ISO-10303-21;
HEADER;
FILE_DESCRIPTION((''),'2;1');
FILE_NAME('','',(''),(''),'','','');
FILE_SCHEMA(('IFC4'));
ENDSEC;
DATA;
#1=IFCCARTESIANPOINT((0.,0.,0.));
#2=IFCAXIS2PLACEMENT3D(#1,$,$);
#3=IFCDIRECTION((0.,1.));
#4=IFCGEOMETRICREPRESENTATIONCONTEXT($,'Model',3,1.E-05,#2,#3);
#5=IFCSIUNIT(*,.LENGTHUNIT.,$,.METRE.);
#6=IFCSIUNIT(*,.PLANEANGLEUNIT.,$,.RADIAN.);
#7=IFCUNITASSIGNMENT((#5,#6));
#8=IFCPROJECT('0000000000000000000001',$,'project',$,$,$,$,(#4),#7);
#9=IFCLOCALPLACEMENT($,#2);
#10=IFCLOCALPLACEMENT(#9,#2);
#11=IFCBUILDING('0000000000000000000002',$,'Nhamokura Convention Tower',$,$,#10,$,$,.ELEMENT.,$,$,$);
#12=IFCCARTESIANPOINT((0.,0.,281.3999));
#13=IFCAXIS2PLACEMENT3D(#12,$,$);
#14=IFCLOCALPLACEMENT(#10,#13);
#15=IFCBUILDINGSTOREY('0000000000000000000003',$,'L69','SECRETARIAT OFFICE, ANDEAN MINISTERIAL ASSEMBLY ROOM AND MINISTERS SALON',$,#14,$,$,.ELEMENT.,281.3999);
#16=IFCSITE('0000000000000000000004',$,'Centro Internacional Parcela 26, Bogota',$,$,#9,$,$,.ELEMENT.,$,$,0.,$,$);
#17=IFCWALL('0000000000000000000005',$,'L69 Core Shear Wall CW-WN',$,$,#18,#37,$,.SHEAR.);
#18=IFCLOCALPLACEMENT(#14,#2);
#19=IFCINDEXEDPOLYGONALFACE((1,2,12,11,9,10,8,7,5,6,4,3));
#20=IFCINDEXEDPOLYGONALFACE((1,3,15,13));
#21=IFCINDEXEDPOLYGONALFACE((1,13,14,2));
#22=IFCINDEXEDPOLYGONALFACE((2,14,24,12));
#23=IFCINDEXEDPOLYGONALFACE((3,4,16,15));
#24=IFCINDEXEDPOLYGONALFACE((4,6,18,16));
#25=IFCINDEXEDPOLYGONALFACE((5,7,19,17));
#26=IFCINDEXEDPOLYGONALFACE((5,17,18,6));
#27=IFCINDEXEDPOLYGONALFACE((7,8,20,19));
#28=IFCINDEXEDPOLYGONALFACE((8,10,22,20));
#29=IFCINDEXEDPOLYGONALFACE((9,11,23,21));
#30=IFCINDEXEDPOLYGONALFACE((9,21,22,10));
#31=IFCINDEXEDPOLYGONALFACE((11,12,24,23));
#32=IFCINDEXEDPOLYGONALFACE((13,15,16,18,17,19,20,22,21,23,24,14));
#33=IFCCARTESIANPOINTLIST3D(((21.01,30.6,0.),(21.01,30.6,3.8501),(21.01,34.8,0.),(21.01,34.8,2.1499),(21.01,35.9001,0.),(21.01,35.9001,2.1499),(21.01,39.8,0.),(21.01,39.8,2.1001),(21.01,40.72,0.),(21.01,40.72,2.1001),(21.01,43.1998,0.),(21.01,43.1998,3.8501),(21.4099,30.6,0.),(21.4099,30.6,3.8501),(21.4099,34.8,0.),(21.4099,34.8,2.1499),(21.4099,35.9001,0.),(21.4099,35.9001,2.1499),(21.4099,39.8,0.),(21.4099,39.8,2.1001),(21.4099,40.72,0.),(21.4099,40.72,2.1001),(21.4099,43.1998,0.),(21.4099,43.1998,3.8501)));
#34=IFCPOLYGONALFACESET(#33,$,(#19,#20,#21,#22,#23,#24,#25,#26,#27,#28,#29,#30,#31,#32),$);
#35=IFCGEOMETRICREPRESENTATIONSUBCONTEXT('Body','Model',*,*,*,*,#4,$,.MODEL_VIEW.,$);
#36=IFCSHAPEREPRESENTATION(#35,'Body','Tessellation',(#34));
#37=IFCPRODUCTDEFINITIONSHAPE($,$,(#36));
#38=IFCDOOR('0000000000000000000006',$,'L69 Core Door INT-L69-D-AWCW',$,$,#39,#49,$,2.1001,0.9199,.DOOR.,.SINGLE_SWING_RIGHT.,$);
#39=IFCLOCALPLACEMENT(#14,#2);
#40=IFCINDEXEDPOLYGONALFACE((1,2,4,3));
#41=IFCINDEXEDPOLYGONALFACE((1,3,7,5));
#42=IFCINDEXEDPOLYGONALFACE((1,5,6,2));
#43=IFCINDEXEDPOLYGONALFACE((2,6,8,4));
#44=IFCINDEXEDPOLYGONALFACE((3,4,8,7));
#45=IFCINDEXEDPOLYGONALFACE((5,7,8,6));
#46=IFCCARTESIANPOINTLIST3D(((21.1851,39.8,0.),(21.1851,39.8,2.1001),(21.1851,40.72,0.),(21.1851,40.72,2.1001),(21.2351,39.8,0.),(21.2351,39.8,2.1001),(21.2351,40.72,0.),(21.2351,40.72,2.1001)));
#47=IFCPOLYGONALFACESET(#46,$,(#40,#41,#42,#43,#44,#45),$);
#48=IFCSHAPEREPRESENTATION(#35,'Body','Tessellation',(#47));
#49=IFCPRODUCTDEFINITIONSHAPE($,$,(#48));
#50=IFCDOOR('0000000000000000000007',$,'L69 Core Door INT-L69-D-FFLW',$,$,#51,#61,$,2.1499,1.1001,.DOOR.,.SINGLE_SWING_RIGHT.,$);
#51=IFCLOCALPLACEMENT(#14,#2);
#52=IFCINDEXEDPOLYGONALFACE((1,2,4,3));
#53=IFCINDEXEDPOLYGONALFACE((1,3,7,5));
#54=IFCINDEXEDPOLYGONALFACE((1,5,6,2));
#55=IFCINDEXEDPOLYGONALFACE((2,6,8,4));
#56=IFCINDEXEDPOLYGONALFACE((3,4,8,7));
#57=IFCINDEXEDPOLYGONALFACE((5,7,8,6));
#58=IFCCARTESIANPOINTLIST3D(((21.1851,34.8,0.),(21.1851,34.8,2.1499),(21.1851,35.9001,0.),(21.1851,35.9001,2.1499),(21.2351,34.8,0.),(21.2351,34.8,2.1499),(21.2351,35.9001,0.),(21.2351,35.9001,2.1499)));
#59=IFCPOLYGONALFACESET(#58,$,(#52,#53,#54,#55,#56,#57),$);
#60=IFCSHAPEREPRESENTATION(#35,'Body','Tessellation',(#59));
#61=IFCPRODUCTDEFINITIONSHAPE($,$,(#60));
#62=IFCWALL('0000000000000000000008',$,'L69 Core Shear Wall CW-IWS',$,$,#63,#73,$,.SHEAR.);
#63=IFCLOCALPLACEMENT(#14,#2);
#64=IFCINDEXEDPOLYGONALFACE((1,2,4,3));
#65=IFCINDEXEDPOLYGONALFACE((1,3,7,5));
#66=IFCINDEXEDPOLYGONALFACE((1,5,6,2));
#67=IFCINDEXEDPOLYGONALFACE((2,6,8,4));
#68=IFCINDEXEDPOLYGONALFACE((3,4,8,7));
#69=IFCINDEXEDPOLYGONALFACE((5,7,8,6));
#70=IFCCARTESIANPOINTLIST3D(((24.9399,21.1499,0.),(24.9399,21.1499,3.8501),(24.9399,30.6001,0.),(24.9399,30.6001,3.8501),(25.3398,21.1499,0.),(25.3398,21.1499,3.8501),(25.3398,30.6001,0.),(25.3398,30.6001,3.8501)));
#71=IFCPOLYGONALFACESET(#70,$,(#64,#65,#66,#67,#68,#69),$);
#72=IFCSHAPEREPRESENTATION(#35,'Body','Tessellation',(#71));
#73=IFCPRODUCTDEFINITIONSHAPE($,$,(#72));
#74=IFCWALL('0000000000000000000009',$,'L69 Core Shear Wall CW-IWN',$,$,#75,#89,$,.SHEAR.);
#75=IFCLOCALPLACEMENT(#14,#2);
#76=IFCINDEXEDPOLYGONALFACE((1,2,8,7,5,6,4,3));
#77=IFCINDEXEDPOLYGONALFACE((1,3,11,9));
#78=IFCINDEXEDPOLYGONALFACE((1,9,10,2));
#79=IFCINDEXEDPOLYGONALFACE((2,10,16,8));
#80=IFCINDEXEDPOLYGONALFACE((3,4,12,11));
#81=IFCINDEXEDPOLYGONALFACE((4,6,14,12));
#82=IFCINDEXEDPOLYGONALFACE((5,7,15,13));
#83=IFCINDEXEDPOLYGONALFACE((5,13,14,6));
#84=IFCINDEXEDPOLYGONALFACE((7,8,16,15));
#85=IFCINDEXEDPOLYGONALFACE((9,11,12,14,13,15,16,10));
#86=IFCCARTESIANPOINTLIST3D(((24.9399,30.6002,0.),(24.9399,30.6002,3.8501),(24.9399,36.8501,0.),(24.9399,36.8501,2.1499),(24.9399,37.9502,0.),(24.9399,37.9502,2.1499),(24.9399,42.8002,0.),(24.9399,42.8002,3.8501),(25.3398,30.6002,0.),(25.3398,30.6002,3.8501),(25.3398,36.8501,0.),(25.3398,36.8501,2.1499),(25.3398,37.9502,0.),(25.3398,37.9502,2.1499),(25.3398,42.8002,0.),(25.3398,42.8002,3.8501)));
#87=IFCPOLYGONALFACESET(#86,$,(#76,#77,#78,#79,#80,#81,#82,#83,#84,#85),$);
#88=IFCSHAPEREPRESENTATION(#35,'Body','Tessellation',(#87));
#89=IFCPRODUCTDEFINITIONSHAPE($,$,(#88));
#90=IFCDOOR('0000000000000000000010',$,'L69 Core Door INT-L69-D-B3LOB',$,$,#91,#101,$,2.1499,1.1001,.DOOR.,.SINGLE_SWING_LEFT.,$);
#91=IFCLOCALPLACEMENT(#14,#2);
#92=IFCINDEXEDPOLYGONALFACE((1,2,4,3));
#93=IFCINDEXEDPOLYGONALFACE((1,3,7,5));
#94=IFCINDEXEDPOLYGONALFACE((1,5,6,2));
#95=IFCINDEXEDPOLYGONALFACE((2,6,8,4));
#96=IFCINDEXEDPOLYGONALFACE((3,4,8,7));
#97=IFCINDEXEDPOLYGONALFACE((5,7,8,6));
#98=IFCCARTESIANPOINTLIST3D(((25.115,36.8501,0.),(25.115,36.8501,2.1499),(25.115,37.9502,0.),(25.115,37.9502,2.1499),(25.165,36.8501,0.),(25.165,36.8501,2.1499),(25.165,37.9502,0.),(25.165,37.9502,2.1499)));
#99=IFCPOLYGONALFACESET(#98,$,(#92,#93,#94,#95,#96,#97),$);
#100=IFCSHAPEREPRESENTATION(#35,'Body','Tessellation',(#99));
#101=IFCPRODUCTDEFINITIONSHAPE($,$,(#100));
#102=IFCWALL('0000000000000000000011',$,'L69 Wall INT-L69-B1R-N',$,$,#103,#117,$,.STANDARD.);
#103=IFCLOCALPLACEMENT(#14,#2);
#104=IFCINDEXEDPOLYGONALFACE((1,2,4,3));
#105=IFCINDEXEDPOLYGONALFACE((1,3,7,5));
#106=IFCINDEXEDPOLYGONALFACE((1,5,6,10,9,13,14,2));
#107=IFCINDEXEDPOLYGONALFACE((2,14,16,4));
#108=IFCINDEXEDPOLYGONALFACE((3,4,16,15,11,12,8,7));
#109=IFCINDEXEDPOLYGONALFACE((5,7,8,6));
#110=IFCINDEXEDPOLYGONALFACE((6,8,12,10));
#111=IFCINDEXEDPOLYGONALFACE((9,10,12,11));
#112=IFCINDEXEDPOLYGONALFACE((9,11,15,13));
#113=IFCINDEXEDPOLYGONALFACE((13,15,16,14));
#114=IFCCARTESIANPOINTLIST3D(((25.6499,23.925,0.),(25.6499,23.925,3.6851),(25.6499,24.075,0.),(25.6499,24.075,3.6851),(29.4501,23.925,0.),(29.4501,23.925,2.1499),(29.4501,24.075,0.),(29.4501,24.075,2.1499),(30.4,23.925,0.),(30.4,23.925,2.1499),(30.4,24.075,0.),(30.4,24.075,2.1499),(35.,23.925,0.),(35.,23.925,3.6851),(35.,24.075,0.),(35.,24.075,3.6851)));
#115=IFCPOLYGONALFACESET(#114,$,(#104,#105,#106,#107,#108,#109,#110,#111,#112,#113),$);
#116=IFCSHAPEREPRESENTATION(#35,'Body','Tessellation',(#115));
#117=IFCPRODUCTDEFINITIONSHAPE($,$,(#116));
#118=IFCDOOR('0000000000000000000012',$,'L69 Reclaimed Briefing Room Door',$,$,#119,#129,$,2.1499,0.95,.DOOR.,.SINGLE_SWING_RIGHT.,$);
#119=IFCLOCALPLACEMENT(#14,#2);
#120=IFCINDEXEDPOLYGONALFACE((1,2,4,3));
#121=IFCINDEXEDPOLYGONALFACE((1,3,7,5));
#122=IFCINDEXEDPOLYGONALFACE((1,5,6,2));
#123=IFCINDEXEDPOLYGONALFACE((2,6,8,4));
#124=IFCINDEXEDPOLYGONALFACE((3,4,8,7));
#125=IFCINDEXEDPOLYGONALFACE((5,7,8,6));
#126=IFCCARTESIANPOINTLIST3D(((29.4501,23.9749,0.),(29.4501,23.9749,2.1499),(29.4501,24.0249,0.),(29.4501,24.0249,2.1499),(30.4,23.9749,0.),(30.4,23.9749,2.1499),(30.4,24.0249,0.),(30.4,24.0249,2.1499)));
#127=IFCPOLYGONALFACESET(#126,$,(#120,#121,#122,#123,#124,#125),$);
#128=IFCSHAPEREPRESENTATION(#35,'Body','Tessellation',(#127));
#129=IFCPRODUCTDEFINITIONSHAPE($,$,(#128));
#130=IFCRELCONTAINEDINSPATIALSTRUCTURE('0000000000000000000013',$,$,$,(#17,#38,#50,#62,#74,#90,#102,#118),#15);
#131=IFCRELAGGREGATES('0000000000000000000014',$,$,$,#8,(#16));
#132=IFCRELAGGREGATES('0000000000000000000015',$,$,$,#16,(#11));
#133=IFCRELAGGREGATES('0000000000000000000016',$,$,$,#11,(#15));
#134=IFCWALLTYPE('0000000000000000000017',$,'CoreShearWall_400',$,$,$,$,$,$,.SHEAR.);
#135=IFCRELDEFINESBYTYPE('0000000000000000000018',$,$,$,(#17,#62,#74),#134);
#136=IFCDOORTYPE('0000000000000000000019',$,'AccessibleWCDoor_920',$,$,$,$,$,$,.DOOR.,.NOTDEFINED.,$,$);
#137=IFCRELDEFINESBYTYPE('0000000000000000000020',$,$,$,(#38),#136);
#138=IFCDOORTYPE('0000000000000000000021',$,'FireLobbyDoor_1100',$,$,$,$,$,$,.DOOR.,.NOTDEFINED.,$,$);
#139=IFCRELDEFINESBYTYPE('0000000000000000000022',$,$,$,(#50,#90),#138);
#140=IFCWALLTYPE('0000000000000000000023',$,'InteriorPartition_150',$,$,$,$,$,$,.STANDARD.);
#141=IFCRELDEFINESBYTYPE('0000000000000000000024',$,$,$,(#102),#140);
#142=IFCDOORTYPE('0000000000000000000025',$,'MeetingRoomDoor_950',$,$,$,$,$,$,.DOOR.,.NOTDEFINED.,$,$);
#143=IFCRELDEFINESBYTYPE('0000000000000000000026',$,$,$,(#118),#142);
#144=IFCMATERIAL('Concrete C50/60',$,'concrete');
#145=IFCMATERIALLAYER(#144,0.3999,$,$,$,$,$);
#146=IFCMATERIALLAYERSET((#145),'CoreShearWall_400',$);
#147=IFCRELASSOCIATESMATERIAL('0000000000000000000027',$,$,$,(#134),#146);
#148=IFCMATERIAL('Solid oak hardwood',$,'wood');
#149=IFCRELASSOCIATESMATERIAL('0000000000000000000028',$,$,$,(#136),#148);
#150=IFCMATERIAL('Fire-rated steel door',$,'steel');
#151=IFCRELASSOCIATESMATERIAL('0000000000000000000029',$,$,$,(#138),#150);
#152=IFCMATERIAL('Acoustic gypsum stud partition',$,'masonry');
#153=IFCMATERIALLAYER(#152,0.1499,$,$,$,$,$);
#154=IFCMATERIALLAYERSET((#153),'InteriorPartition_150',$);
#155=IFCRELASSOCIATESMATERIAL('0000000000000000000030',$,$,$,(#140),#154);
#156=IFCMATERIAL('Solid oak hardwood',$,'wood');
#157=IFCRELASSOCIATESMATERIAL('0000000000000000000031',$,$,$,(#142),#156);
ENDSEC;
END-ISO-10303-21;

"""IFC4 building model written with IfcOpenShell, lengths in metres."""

from ifc_helpers import new_model, si_unit, direction, frame, frame_2d, origin, place, context, subcontext, project, spatial, rectangle, extrude, material, layer, layer_set, type_object, element, fill, save


model = new_model("IFC4")

# Units and contexts
model_context = context("Model", 3, precision=1e-05, world=origin(), true_north=direction((0.0, 1.0)))
body_context = subcontext(model_context, "Body", "Model", "MODEL_VIEW")
ifc_project = project(units=[si_unit("LENGTHUNIT", "METRE"), si_unit("PLANEANGLEUNIT", "RADIAN")], contexts=[model_context])

# Site, building, storey
site_placement = place(None, origin())
site = spatial("IfcSite", under=ifc_project, at=site_placement, Name="Centro Internacional Parcela 26, Bogota", CompositionType="ELEMENT", RefElevation=0.0)
building_placement = place(site_placement, origin())
building = spatial("IfcBuilding", under=site, at=building_placement, Name="Nhamokura Convention Tower", CompositionType="ELEMENT")
storey_placement = place(building_placement, frame((0.0, 0.0, 281.3999)))
storey = spatial("IfcBuildingStorey", under=building, at=storey_placement, Name="L69", Description="SECRETARIAT OFFICE, ANDEAN MINISTERIAL ASSEMBLY ROOM AND MINISTERS SALON", CompositionType="ELEMENT", Elevation=281.3999)

# Wall, openings, doors
ifc_material_1 = material(Name="Concrete C50/60", Category="concrete")
ifc_layer_1 = layer(ifc_material_1, 0.3999)
ifc_layer_set_1 = layer_set([ifc_layer_1], Name="CoreShearWall_400")
wall_type_1 = type_object("IfcWallType", Name="CoreShearWall_400", PredefinedType="SHEAR", material=ifc_layer_set_1)
wall_1_placement = place(storey_placement, frame((21.21, 30.6001, 0.0), z_axis=(0.0, 0.0, 1.0), x_axis=(0.0, 1.0, 0.0)))
wall_1 = element("IfcWall", 1, at=wall_1_placement, inside=storey, type_object=wall_type_1, Name="L69 Core Shear Wall CW-WN", PredefinedType="SHEAR", context=body_context, shape_type="SweptSolid", body=[
    extrude(rectangle(XDim=12.5999, YDim=0.3999, at=frame_2d((6.2998, 0.0))), origin(), (0.0, 0.0, 1.0), 3.8501),
])
opening_1_placement = place(wall_1_placement, frame((4.2, 0.0, 0.0)))
opening_1 = element("IfcOpeningElement", 2, at=opening_1_placement, cuts=wall_1, PredefinedType="OPENING", context=body_context, shape_type="SweptSolid", body=[
    extrude(rectangle(XDim=1.1001, YDim=2.1499, at=frame_2d((0.55, 1.075))), frame((0.0, 0.21, 0.0), z_axis=(0.0, -1.0, 0.0), x_axis=(1.0, 0.0, 0.0)), (0.0, 0.0, 1.0), 0.4199),
])
opening_2_placement = place(wall_1_placement, frame((9.2, 0.0, 0.0)))
opening_2 = element("IfcOpeningElement", 3, at=opening_2_placement, cuts=wall_1, PredefinedType="OPENING", context=body_context, shape_type="SweptSolid", body=[
    extrude(rectangle(XDim=0.9199, YDim=2.1001, at=frame_2d((0.46, 1.05))), frame((0.0, 0.21, 0.0), z_axis=(0.0, -1.0, 0.0), x_axis=(1.0, 0.0, 0.0)), (0.0, 0.0, 1.0), 0.4199),
])
ifc_material_2 = material(Name="Solid oak hardwood", Category="wood")
door_type_1 = type_object("IfcDoorType", Name="AccessibleWCDoor_920", OperationType="NOTDEFINED", PredefinedType="DOOR", material=ifc_material_2)
door_1_placement = place(opening_2_placement, origin())
door_1 = element("IfcDoor", 4, at=door_1_placement, inside=storey, type_object=door_type_1, Name="L69 Core Door INT-L69-D-AWCW", OperationType="SINGLE_SWING_RIGHT", OverallHeight=2.1001, OverallWidth=0.9199, PredefinedType="DOOR", context=body_context, shape_type="SweptSolid", body=[
    extrude(rectangle(XDim=0.9199, YDim=2.1001, at=frame_2d((0.46, 1.05))), frame((0.0, 0.0249, 0.0), z_axis=(0.0, -1.0, 0.0), x_axis=(1.0, 0.0, 0.0)), (0.0, 0.0, 1.0), 0.05),
])
fill(opening_2, door_1)
ifc_material_3 = material(Name="Fire-rated steel door", Category="steel")
door_type_2 = type_object("IfcDoorType", Name="FireLobbyDoor_1100", OperationType="NOTDEFINED", PredefinedType="DOOR", material=ifc_material_3)
door_2_placement = place(opening_1_placement, origin())
door_2 = element("IfcDoor", 5, at=door_2_placement, inside=storey, type_object=door_type_2, Name="L69 Core Door INT-L69-D-FFLW", OperationType="SINGLE_SWING_RIGHT", OverallHeight=2.1499, OverallWidth=1.1001, PredefinedType="DOOR", context=body_context, shape_type="SweptSolid", body=[
    extrude(rectangle(XDim=1.1001, YDim=2.1499, at=frame_2d((0.55, 1.075))), frame((0.0, 0.0249, 0.0), z_axis=(0.0, -1.0, 0.0), x_axis=(1.0, 0.0, 0.0)), (0.0, 0.0, 1.0), 0.05),
])
fill(opening_1, door_2)

# Wall
wall_2_placement = place(storey_placement, frame((25.1399, 21.1499, 0.0), z_axis=(0.0, 0.0, 1.0), x_axis=(0.0, 1.0, 0.0)))
element("IfcWall", 6, at=wall_2_placement, inside=storey, type_object=wall_type_1, Name="L69 Core Shear Wall CW-IWS", PredefinedType="SHEAR", context=body_context, shape_type="SweptSolid", body=[
    extrude(rectangle(XDim=9.4502, YDim=0.3999, at=frame_2d((4.7251, 0.0))), origin(), (0.0, 0.0, 1.0), 3.8501),
])

# Walls, openings, doors
wall_3_placement = place(storey_placement, frame((25.1399, 30.6001, 0.0), z_axis=(0.0, 0.0, 1.0), x_axis=(0.0, 1.0, 0.0)))
wall_3 = element("IfcWall", 7, at=wall_3_placement, inside=storey, type_object=wall_type_1, Name="L69 Core Shear Wall CW-IWN", PredefinedType="SHEAR", context=body_context, shape_type="SweptSolid", body=[
    extrude(rectangle(XDim=12.2, YDim=0.3999, at=frame_2d((6.1001, 0.0))), origin(), (0.0, 0.0, 1.0), 3.8501),
])
opening_3_placement = place(wall_3_placement, frame((6.25, 0.0, 0.0)))
opening_3 = element("IfcOpeningElement", 8, at=opening_3_placement, cuts=wall_3, PredefinedType="OPENING", context=body_context, shape_type="SweptSolid", body=[
    extrude(rectangle(XDim=1.1001, YDim=2.1499, at=frame_2d((0.55, 1.075))), frame((0.0, 0.21, 0.0), z_axis=(0.0, -1.0, 0.0), x_axis=(1.0, 0.0, 0.0)), (0.0, 0.0, 1.0), 0.4199),
])
door_3_placement = place(opening_3_placement, origin())
door_3 = element("IfcDoor", 9, at=door_3_placement, inside=storey, type_object=door_type_2, Name="L69 Core Door INT-L69-D-B3LOB", OperationType="SINGLE_SWING_LEFT", OverallHeight=2.1499, OverallWidth=1.1001, PredefinedType="DOOR", context=body_context, shape_type="SweptSolid", body=[
    extrude(rectangle(XDim=1.1001, YDim=2.1499, at=frame_2d((0.55, 1.075))), frame((0.0, 0.0249, 0.0), z_axis=(0.0, -1.0, 0.0), x_axis=(1.0, 0.0, 0.0)), (0.0, 0.0, 1.0), 0.05),
])
fill(opening_3, door_3)
ifc_material_4 = material(Name="Acoustic gypsum stud partition", Category="masonry")
ifc_layer_2 = layer(ifc_material_4, 0.1499)
ifc_layer_set_2 = layer_set([ifc_layer_2], Name="InteriorPartition_150")
wall_type_2 = type_object("IfcWallType", Name="InteriorPartition_150", PredefinedType="STANDARD", material=ifc_layer_set_2)
wall_4_placement = place(storey_placement, frame((25.6499, 24.0, 0.0), z_axis=(0.0, 0.0, 1.0), x_axis=(1.0, 0.0, 0.0)))
wall_4 = element("IfcWall", 10, at=wall_4_placement, inside=storey, type_object=wall_type_2, Name="L69 Wall INT-L69-B1R-N", PredefinedType="STANDARD", context=body_context, shape_type="SweptSolid", body=[
    extrude(rectangle(XDim=9.3501, YDim=0.1499, at=frame_2d((4.675, 0.0))), origin(), (0.0, 0.0, 1.0), 3.6851),
])
opening_4_placement = place(wall_4_placement, frame((3.8, 0.0, 0.0)))
opening_4 = element("IfcOpeningElement", 11, at=opening_4_placement, cuts=wall_4, PredefinedType="OPENING", context=body_context, shape_type="SweptSolid", body=[
    extrude(rectangle(XDim=0.95, YDim=2.1499, at=frame_2d((0.4751, 1.075))), frame((0.0, 0.085, 0.0), z_axis=(0.0, -1.0, 0.0), x_axis=(1.0, 0.0, 0.0)), (0.0, 0.0, 1.0), 0.1699),
])
ifc_material_5 = material(Name="Solid oak hardwood", Category="wood")
door_type_3 = type_object("IfcDoorType", Name="MeetingRoomDoor_950", OperationType="NOTDEFINED", PredefinedType="DOOR", material=ifc_material_5)
door_4_placement = place(opening_4_placement, origin())
door_4 = element("IfcDoor", 12, at=door_4_placement, inside=storey, type_object=door_type_3, Name="L69 Reclaimed Briefing Room Door", OperationType="SINGLE_SWING_RIGHT", OverallHeight=2.1499, OverallWidth=0.95, PredefinedType="DOOR", context=body_context, shape_type="SweptSolid", body=[
    extrude(rectangle(XDim=0.95, YDim=2.1499, at=frame_2d((0.4751, 1.075))), frame((0.0, 0.0249, 0.0), z_axis=(0.0, -1.0, 0.0), x_axis=(1.0, 0.0, 0.0)), (0.0, 0.0, 1.0), 0.05),
])
fill(opening_4, door_4)

save(model, "model.ifc")
